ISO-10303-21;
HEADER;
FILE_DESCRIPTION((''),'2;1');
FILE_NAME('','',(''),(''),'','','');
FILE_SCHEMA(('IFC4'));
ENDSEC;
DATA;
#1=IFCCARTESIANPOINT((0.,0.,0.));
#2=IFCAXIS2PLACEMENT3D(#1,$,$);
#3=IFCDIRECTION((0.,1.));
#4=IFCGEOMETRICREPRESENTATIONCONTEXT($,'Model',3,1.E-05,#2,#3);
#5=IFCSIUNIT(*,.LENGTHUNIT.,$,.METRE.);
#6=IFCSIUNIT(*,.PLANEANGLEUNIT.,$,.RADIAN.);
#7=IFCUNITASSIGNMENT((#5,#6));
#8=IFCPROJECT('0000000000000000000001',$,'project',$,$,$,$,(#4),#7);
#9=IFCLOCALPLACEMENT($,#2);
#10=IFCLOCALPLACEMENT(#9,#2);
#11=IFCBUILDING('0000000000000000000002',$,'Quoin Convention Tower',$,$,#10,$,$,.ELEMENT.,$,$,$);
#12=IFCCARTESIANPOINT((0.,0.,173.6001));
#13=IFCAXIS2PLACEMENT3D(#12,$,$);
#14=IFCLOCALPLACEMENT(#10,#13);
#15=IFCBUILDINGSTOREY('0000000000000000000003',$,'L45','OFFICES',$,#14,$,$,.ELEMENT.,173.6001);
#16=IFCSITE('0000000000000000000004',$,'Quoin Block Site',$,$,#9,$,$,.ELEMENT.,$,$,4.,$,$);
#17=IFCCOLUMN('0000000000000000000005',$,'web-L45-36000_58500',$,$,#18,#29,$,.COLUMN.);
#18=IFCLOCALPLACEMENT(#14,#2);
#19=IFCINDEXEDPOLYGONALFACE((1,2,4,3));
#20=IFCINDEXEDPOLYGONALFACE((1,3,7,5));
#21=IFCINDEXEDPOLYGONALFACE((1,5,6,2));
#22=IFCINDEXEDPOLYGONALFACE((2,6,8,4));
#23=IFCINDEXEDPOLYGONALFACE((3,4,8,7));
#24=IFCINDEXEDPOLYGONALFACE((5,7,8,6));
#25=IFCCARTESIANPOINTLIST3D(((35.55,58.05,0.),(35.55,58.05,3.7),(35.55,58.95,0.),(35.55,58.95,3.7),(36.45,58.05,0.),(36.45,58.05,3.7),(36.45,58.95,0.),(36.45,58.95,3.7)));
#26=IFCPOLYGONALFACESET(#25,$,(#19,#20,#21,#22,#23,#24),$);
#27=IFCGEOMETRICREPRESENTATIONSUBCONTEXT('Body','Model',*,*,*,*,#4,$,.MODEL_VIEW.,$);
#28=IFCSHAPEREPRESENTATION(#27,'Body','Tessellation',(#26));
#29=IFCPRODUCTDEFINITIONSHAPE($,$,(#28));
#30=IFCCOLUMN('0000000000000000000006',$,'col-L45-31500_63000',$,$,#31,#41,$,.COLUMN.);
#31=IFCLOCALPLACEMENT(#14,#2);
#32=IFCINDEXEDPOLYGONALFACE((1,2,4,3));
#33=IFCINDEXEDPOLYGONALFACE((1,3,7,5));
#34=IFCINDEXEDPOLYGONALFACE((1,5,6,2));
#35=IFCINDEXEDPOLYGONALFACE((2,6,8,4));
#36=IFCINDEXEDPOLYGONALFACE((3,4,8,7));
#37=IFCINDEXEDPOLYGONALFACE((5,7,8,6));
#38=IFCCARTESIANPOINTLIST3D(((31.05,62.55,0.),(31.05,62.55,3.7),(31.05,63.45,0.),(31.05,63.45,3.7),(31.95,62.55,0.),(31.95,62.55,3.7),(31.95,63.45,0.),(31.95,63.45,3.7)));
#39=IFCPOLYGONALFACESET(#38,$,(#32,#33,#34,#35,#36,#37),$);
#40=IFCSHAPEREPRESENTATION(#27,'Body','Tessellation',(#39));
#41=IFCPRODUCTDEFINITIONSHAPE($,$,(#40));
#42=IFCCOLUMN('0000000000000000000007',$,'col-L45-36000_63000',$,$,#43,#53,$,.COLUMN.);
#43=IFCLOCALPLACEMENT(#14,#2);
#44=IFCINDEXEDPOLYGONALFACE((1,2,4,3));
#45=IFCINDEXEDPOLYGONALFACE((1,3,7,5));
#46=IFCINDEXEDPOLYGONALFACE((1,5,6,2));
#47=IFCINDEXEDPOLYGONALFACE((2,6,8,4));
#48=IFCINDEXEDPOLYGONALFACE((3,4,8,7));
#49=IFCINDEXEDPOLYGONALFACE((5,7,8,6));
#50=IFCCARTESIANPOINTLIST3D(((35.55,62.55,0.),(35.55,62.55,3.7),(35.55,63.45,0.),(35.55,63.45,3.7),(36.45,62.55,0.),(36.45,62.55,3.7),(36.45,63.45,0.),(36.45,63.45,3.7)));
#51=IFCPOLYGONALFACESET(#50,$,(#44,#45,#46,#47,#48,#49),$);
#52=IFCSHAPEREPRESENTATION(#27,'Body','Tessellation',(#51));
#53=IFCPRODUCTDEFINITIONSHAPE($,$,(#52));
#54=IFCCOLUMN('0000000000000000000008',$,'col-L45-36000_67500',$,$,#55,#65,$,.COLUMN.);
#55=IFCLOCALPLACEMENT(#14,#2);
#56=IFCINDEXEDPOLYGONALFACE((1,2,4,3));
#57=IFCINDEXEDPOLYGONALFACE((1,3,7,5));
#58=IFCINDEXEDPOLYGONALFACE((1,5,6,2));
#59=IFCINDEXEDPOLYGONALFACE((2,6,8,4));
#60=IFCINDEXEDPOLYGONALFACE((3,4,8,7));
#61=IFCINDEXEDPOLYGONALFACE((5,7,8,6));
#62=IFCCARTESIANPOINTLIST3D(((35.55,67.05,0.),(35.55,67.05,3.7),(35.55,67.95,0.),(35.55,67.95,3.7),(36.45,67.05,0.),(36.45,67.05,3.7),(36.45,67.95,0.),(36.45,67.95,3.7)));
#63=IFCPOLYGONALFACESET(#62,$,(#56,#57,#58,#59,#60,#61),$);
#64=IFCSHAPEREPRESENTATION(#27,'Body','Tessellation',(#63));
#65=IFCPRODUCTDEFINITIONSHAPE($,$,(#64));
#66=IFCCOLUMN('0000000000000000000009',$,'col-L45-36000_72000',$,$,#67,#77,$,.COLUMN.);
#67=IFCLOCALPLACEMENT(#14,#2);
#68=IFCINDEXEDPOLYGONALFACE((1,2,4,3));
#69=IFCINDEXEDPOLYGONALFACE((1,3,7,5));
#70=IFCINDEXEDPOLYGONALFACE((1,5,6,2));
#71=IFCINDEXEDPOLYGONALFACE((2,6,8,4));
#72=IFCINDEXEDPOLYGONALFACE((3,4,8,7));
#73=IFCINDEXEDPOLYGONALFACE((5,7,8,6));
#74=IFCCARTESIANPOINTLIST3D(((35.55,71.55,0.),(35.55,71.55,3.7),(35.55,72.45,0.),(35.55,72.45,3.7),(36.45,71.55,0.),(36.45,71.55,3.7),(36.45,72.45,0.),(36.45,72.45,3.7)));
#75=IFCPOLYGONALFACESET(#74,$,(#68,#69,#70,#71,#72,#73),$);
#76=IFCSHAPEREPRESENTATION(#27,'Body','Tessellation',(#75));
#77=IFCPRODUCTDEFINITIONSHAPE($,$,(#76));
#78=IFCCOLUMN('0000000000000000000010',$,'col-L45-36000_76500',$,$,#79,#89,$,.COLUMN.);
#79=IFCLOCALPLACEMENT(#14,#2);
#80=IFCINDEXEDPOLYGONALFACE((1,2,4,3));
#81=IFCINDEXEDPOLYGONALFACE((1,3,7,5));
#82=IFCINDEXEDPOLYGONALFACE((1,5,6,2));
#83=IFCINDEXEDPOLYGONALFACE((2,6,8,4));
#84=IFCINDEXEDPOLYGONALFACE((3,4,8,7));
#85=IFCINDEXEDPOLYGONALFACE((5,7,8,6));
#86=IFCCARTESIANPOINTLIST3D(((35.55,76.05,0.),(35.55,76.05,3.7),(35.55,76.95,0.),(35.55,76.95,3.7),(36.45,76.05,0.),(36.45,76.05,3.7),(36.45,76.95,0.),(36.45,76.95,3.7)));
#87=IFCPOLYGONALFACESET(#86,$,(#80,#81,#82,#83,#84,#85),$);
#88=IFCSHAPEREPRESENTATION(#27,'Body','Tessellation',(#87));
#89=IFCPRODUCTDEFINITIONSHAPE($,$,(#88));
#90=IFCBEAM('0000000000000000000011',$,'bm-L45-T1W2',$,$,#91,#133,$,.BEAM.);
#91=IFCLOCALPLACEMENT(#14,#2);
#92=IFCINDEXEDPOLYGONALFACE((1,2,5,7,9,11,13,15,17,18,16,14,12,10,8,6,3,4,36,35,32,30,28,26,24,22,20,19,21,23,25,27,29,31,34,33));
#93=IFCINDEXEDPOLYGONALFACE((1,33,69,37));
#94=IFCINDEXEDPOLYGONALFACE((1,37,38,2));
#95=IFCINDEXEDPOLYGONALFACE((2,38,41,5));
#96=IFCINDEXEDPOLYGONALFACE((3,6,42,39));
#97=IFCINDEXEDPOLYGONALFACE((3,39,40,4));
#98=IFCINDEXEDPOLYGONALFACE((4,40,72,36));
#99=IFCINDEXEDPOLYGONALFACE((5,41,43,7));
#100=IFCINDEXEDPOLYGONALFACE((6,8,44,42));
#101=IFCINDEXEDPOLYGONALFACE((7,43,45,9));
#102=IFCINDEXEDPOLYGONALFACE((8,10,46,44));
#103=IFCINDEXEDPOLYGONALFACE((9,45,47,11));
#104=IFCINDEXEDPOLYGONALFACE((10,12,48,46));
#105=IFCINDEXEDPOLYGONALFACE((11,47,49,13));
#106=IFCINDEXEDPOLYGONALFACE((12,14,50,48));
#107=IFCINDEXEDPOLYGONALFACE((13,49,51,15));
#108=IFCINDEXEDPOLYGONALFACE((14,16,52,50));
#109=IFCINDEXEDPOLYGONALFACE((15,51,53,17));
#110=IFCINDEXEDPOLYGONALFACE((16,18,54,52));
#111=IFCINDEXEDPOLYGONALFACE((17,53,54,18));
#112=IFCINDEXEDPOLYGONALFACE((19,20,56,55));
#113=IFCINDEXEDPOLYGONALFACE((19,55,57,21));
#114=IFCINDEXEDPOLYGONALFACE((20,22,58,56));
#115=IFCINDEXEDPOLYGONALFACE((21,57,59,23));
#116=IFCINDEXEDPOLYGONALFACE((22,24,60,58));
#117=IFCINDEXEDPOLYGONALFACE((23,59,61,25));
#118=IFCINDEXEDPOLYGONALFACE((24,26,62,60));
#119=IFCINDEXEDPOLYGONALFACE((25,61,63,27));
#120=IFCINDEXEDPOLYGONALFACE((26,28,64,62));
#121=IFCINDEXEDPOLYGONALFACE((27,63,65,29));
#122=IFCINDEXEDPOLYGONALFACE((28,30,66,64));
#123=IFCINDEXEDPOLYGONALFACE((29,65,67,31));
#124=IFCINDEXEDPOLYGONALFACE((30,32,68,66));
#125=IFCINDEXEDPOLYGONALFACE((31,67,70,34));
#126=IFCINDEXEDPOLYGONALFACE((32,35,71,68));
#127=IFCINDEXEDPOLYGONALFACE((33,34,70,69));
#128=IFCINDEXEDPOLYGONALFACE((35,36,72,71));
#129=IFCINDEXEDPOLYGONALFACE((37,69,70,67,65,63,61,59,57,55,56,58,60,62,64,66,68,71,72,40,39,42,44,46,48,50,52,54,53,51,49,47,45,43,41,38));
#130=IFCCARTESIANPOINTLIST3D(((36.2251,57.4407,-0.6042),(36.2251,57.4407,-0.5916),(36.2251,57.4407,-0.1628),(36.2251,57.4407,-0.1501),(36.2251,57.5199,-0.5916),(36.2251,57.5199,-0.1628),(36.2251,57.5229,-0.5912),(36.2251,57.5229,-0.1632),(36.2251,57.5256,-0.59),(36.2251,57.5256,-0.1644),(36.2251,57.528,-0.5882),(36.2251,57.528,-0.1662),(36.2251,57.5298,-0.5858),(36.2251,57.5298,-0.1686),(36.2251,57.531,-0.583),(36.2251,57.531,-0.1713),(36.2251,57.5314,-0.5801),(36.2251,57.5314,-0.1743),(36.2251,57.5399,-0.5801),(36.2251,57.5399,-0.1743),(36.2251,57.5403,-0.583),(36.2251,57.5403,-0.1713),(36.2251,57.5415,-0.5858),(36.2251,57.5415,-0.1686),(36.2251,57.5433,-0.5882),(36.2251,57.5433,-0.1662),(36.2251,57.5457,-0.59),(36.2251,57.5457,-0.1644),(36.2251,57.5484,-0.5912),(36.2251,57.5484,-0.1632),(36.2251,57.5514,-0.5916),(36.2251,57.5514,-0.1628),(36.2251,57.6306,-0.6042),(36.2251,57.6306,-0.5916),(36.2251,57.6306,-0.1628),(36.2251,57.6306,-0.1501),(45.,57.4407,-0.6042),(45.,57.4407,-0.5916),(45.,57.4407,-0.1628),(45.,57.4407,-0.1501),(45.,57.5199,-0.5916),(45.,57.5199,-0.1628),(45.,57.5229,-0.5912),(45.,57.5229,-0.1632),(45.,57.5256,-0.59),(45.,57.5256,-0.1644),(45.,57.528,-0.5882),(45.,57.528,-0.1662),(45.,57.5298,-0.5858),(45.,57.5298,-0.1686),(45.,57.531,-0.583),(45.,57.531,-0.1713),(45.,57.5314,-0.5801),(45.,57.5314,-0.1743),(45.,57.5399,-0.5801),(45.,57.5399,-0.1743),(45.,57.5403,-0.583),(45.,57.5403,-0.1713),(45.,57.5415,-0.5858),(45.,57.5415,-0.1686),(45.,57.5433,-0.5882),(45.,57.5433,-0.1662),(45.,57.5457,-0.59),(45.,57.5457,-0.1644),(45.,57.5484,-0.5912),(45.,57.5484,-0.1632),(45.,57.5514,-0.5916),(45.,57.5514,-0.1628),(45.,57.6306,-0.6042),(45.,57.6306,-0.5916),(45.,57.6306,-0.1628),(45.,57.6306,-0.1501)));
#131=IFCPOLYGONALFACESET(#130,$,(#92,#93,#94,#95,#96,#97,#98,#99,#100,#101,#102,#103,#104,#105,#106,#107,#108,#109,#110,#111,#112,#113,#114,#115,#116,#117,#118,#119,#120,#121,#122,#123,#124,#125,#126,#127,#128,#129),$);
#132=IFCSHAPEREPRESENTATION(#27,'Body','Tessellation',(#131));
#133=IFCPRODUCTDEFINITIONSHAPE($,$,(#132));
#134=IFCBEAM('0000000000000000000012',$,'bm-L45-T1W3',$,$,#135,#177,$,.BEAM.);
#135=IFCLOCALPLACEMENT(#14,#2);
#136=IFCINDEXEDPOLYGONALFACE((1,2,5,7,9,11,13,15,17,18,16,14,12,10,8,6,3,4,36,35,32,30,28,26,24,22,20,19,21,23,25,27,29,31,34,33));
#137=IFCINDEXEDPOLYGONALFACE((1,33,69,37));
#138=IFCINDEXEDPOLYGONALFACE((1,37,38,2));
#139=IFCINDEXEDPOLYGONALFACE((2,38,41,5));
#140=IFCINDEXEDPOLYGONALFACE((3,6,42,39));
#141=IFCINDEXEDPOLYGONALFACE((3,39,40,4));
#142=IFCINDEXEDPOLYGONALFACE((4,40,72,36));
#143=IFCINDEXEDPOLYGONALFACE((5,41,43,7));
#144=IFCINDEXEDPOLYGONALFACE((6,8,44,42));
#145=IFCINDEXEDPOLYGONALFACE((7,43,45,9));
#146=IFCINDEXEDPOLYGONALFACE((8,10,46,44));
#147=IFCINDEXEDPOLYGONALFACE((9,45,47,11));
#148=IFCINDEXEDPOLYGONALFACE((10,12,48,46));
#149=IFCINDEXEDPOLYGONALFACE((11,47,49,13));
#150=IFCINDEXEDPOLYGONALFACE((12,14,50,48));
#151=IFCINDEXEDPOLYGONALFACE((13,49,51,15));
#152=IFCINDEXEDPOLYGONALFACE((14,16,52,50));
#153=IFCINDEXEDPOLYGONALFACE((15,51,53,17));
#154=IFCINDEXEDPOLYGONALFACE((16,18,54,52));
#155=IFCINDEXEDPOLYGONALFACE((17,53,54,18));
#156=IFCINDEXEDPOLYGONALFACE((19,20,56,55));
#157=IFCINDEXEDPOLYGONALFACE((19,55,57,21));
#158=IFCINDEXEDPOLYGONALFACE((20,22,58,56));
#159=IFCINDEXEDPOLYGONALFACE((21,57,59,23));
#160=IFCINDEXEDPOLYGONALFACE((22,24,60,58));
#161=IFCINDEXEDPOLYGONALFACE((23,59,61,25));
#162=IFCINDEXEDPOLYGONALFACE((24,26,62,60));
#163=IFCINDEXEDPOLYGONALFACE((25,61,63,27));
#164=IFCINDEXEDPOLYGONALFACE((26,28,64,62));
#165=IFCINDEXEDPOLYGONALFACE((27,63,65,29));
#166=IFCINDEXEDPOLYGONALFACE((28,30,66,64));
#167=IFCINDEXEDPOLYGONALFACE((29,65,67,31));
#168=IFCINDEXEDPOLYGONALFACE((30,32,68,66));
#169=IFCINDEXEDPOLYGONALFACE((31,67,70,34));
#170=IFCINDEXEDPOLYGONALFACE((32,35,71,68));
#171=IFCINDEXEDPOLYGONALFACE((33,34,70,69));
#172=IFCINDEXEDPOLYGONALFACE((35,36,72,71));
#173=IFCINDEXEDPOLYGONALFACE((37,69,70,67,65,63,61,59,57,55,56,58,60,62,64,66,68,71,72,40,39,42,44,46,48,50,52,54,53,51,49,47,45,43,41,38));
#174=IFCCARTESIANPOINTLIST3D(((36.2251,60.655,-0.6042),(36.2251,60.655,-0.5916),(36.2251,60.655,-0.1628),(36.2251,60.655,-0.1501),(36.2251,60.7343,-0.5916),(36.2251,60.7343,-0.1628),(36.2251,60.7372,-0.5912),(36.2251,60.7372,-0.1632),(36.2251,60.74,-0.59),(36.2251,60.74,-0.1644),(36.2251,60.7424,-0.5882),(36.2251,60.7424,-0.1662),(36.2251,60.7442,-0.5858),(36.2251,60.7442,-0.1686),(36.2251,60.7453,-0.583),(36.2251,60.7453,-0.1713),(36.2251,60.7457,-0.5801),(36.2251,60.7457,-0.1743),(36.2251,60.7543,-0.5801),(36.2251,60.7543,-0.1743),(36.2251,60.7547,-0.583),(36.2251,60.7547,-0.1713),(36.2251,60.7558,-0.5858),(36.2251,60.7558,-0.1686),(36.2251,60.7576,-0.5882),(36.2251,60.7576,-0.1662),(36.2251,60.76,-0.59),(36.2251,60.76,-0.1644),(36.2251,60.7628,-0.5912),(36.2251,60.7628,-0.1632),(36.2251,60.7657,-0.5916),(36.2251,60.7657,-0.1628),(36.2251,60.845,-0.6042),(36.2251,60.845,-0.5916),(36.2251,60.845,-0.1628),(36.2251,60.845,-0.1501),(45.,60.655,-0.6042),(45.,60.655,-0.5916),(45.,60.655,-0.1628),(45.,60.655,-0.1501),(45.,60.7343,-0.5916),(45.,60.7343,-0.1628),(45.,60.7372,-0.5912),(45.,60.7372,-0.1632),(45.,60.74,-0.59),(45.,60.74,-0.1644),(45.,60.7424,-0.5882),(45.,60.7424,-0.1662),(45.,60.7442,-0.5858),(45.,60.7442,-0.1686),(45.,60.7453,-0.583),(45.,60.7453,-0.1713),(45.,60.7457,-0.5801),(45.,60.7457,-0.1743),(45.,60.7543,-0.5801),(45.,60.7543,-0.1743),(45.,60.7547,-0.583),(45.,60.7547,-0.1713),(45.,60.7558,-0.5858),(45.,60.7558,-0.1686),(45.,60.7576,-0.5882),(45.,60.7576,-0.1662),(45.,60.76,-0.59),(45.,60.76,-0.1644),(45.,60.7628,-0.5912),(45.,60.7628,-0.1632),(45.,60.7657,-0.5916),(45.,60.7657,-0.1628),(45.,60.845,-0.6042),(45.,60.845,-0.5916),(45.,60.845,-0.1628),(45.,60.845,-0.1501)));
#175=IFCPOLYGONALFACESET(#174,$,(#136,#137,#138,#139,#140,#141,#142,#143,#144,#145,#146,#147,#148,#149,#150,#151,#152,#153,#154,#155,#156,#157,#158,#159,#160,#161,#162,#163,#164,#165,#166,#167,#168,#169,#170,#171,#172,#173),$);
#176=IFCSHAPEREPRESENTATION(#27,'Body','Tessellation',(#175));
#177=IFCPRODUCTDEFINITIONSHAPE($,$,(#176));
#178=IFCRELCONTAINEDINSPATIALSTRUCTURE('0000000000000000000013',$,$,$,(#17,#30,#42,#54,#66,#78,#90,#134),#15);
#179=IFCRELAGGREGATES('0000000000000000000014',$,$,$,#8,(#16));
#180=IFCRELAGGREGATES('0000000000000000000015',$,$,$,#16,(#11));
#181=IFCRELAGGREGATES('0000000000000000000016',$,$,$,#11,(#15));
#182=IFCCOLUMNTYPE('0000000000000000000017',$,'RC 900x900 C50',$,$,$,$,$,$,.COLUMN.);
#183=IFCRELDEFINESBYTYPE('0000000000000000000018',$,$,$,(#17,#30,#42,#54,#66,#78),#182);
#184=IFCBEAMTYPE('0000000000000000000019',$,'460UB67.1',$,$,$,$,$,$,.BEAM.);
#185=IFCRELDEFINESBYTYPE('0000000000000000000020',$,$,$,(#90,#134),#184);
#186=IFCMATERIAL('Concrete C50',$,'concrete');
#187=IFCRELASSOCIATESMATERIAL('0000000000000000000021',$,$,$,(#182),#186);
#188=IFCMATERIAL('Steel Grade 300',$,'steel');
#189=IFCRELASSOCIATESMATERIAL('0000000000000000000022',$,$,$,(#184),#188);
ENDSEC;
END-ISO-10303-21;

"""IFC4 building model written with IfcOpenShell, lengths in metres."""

from ifc_helpers import new_model, si_unit, direction, frame, origin, origin_2d, place, context, subcontext, project, spatial, rectangle, i_section, extrude, material, material_profile, profile_set, type_object, element, save


model = new_model("IFC4")

# Units and contexts
model_context = context("Model", 3, precision=1e-05, world=origin(), true_north=direction((0.0, 1.0)))
body_context = subcontext(model_context, "Body", "Model", "MODEL_VIEW")
ifc_project = project(units=[si_unit("LENGTHUNIT", "METRE"), si_unit("PLANEANGLEUNIT", "RADIAN")], contexts=[model_context])

# Site, building, storey
site_placement = place(None, origin())
site = spatial("IfcSite", under=ifc_project, at=site_placement, Name="Quoin Block Site", CompositionType="ELEMENT", RefElevation=4.0)
building_placement = place(site_placement, origin())
building = spatial("IfcBuilding", under=site, at=building_placement, Name="Quoin Convention Tower", CompositionType="ELEMENT")
storey_placement = place(building_placement, frame((0.0, 0.0, 173.6001)))
storey = spatial("IfcBuildingStorey", under=building, at=storey_placement, Name="L45", Description="OFFICES", CompositionType="ELEMENT", Elevation=173.6001)

# Columns
ifc_material_1 = material(Name="Concrete C50", Category="concrete")
ifc_material_profile_1 = material_profile(ifc_material_1, rectangle(XDim=0.8999, YDim=0.8999, at=origin_2d()), Name="RC 900x900")
ifc_profile_set_1 = profile_set([ifc_material_profile_1], Name="Concrete C50")
column_type = type_object("IfcColumnType", Name="RC 900x900 C50", PredefinedType="COLUMN", material=ifc_profile_set_1)
for number, where, z_axis, x_axis, name in (
    (1, (36.0, 58.5, 0.0), (0.0, 0.0, 1.0), (1.0, 0.0, 0.0), "web-L45-36000_58500"),
    (2, (31.5, 63.0, 0.0), (0.0, 0.0, 1.0), (1.0, 0.0, 0.0), "col-L45-31500_63000"),
    (3, (36.0, 63.0, 0.0), (0.0, 0.0, 1.0), (1.0, 0.0, 0.0), "col-L45-36000_63000"),
    (4, (36.0, 67.5, 0.0), (0.0, 0.0, 1.0), (1.0, 0.0, 0.0), "col-L45-36000_67500"),
    (5, (36.0, 72.0, 0.0), (0.0, 0.0, 1.0), (1.0, 0.0, 0.0), "col-L45-36000_72000"),
    (6, (36.0, 76.5, 0.0), (0.0, 0.0, 1.0), (1.0, 0.0, 0.0), "col-L45-36000_76500"),
):
    element("IfcColumn", number, at=place(storey_placement, frame(where, z_axis=z_axis, x_axis=x_axis)), inside=storey, type_object=column_type, Name=name, PredefinedType="COLUMN", context=body_context, shape_type="SweptSolid", body=[
        extrude(rectangle(XDim=0.8999, YDim=0.8999, at=origin_2d()), origin(), (0.0, 0.0, 1.0), 3.7),
    ])

# Beams
ifc_material_2 = material(Name="Steel Grade 300", Category="steel")
ifc_material_profile_2 = material_profile(ifc_material_2, i_section(OverallWidth=0.1899, OverallDepth=0.4541, WebThickness=0.0085, FlangeThickness=0.0127, FilletRadius=0.0115, at=origin_2d()), Name="460UB67.1")
ifc_profile_set_2 = profile_set([ifc_material_profile_2], Name="Steel Grade 300")
beam_type_1 = type_object("IfcBeamType", Name="460UB67.1", PredefinedType="BEAM", material=ifc_profile_set_2)
for number, where, z_axis, x_axis, name in (
    (7, (36.2251, 57.5356, -0.3772), (1.0, 0.0, 0.0), (0.0, 1.0, 0.0), "bm-L45-T1W2"),
    (8, (36.2251, 60.75, -0.3772), (1.0, 0.0, 0.0), (0.0, 1.0, 0.0), "bm-L45-T1W3"),
):
    element("IfcBeam", number, at=place(storey_placement, frame(where, z_axis=z_axis, x_axis=x_axis)), inside=storey, type_object=beam_type_1, Name=name, PredefinedType="BEAM", context=body_context, shape_type="SweptSolid", body=[
        extrude(i_section(OverallWidth=0.1899, OverallDepth=0.4541, WebThickness=0.0085, FlangeThickness=0.0127, FilletRadius=0.0115, at=origin_2d()), origin(), (0.0, 0.0, 1.0), 8.7749),
    ])

save(model, "model.ifc")
